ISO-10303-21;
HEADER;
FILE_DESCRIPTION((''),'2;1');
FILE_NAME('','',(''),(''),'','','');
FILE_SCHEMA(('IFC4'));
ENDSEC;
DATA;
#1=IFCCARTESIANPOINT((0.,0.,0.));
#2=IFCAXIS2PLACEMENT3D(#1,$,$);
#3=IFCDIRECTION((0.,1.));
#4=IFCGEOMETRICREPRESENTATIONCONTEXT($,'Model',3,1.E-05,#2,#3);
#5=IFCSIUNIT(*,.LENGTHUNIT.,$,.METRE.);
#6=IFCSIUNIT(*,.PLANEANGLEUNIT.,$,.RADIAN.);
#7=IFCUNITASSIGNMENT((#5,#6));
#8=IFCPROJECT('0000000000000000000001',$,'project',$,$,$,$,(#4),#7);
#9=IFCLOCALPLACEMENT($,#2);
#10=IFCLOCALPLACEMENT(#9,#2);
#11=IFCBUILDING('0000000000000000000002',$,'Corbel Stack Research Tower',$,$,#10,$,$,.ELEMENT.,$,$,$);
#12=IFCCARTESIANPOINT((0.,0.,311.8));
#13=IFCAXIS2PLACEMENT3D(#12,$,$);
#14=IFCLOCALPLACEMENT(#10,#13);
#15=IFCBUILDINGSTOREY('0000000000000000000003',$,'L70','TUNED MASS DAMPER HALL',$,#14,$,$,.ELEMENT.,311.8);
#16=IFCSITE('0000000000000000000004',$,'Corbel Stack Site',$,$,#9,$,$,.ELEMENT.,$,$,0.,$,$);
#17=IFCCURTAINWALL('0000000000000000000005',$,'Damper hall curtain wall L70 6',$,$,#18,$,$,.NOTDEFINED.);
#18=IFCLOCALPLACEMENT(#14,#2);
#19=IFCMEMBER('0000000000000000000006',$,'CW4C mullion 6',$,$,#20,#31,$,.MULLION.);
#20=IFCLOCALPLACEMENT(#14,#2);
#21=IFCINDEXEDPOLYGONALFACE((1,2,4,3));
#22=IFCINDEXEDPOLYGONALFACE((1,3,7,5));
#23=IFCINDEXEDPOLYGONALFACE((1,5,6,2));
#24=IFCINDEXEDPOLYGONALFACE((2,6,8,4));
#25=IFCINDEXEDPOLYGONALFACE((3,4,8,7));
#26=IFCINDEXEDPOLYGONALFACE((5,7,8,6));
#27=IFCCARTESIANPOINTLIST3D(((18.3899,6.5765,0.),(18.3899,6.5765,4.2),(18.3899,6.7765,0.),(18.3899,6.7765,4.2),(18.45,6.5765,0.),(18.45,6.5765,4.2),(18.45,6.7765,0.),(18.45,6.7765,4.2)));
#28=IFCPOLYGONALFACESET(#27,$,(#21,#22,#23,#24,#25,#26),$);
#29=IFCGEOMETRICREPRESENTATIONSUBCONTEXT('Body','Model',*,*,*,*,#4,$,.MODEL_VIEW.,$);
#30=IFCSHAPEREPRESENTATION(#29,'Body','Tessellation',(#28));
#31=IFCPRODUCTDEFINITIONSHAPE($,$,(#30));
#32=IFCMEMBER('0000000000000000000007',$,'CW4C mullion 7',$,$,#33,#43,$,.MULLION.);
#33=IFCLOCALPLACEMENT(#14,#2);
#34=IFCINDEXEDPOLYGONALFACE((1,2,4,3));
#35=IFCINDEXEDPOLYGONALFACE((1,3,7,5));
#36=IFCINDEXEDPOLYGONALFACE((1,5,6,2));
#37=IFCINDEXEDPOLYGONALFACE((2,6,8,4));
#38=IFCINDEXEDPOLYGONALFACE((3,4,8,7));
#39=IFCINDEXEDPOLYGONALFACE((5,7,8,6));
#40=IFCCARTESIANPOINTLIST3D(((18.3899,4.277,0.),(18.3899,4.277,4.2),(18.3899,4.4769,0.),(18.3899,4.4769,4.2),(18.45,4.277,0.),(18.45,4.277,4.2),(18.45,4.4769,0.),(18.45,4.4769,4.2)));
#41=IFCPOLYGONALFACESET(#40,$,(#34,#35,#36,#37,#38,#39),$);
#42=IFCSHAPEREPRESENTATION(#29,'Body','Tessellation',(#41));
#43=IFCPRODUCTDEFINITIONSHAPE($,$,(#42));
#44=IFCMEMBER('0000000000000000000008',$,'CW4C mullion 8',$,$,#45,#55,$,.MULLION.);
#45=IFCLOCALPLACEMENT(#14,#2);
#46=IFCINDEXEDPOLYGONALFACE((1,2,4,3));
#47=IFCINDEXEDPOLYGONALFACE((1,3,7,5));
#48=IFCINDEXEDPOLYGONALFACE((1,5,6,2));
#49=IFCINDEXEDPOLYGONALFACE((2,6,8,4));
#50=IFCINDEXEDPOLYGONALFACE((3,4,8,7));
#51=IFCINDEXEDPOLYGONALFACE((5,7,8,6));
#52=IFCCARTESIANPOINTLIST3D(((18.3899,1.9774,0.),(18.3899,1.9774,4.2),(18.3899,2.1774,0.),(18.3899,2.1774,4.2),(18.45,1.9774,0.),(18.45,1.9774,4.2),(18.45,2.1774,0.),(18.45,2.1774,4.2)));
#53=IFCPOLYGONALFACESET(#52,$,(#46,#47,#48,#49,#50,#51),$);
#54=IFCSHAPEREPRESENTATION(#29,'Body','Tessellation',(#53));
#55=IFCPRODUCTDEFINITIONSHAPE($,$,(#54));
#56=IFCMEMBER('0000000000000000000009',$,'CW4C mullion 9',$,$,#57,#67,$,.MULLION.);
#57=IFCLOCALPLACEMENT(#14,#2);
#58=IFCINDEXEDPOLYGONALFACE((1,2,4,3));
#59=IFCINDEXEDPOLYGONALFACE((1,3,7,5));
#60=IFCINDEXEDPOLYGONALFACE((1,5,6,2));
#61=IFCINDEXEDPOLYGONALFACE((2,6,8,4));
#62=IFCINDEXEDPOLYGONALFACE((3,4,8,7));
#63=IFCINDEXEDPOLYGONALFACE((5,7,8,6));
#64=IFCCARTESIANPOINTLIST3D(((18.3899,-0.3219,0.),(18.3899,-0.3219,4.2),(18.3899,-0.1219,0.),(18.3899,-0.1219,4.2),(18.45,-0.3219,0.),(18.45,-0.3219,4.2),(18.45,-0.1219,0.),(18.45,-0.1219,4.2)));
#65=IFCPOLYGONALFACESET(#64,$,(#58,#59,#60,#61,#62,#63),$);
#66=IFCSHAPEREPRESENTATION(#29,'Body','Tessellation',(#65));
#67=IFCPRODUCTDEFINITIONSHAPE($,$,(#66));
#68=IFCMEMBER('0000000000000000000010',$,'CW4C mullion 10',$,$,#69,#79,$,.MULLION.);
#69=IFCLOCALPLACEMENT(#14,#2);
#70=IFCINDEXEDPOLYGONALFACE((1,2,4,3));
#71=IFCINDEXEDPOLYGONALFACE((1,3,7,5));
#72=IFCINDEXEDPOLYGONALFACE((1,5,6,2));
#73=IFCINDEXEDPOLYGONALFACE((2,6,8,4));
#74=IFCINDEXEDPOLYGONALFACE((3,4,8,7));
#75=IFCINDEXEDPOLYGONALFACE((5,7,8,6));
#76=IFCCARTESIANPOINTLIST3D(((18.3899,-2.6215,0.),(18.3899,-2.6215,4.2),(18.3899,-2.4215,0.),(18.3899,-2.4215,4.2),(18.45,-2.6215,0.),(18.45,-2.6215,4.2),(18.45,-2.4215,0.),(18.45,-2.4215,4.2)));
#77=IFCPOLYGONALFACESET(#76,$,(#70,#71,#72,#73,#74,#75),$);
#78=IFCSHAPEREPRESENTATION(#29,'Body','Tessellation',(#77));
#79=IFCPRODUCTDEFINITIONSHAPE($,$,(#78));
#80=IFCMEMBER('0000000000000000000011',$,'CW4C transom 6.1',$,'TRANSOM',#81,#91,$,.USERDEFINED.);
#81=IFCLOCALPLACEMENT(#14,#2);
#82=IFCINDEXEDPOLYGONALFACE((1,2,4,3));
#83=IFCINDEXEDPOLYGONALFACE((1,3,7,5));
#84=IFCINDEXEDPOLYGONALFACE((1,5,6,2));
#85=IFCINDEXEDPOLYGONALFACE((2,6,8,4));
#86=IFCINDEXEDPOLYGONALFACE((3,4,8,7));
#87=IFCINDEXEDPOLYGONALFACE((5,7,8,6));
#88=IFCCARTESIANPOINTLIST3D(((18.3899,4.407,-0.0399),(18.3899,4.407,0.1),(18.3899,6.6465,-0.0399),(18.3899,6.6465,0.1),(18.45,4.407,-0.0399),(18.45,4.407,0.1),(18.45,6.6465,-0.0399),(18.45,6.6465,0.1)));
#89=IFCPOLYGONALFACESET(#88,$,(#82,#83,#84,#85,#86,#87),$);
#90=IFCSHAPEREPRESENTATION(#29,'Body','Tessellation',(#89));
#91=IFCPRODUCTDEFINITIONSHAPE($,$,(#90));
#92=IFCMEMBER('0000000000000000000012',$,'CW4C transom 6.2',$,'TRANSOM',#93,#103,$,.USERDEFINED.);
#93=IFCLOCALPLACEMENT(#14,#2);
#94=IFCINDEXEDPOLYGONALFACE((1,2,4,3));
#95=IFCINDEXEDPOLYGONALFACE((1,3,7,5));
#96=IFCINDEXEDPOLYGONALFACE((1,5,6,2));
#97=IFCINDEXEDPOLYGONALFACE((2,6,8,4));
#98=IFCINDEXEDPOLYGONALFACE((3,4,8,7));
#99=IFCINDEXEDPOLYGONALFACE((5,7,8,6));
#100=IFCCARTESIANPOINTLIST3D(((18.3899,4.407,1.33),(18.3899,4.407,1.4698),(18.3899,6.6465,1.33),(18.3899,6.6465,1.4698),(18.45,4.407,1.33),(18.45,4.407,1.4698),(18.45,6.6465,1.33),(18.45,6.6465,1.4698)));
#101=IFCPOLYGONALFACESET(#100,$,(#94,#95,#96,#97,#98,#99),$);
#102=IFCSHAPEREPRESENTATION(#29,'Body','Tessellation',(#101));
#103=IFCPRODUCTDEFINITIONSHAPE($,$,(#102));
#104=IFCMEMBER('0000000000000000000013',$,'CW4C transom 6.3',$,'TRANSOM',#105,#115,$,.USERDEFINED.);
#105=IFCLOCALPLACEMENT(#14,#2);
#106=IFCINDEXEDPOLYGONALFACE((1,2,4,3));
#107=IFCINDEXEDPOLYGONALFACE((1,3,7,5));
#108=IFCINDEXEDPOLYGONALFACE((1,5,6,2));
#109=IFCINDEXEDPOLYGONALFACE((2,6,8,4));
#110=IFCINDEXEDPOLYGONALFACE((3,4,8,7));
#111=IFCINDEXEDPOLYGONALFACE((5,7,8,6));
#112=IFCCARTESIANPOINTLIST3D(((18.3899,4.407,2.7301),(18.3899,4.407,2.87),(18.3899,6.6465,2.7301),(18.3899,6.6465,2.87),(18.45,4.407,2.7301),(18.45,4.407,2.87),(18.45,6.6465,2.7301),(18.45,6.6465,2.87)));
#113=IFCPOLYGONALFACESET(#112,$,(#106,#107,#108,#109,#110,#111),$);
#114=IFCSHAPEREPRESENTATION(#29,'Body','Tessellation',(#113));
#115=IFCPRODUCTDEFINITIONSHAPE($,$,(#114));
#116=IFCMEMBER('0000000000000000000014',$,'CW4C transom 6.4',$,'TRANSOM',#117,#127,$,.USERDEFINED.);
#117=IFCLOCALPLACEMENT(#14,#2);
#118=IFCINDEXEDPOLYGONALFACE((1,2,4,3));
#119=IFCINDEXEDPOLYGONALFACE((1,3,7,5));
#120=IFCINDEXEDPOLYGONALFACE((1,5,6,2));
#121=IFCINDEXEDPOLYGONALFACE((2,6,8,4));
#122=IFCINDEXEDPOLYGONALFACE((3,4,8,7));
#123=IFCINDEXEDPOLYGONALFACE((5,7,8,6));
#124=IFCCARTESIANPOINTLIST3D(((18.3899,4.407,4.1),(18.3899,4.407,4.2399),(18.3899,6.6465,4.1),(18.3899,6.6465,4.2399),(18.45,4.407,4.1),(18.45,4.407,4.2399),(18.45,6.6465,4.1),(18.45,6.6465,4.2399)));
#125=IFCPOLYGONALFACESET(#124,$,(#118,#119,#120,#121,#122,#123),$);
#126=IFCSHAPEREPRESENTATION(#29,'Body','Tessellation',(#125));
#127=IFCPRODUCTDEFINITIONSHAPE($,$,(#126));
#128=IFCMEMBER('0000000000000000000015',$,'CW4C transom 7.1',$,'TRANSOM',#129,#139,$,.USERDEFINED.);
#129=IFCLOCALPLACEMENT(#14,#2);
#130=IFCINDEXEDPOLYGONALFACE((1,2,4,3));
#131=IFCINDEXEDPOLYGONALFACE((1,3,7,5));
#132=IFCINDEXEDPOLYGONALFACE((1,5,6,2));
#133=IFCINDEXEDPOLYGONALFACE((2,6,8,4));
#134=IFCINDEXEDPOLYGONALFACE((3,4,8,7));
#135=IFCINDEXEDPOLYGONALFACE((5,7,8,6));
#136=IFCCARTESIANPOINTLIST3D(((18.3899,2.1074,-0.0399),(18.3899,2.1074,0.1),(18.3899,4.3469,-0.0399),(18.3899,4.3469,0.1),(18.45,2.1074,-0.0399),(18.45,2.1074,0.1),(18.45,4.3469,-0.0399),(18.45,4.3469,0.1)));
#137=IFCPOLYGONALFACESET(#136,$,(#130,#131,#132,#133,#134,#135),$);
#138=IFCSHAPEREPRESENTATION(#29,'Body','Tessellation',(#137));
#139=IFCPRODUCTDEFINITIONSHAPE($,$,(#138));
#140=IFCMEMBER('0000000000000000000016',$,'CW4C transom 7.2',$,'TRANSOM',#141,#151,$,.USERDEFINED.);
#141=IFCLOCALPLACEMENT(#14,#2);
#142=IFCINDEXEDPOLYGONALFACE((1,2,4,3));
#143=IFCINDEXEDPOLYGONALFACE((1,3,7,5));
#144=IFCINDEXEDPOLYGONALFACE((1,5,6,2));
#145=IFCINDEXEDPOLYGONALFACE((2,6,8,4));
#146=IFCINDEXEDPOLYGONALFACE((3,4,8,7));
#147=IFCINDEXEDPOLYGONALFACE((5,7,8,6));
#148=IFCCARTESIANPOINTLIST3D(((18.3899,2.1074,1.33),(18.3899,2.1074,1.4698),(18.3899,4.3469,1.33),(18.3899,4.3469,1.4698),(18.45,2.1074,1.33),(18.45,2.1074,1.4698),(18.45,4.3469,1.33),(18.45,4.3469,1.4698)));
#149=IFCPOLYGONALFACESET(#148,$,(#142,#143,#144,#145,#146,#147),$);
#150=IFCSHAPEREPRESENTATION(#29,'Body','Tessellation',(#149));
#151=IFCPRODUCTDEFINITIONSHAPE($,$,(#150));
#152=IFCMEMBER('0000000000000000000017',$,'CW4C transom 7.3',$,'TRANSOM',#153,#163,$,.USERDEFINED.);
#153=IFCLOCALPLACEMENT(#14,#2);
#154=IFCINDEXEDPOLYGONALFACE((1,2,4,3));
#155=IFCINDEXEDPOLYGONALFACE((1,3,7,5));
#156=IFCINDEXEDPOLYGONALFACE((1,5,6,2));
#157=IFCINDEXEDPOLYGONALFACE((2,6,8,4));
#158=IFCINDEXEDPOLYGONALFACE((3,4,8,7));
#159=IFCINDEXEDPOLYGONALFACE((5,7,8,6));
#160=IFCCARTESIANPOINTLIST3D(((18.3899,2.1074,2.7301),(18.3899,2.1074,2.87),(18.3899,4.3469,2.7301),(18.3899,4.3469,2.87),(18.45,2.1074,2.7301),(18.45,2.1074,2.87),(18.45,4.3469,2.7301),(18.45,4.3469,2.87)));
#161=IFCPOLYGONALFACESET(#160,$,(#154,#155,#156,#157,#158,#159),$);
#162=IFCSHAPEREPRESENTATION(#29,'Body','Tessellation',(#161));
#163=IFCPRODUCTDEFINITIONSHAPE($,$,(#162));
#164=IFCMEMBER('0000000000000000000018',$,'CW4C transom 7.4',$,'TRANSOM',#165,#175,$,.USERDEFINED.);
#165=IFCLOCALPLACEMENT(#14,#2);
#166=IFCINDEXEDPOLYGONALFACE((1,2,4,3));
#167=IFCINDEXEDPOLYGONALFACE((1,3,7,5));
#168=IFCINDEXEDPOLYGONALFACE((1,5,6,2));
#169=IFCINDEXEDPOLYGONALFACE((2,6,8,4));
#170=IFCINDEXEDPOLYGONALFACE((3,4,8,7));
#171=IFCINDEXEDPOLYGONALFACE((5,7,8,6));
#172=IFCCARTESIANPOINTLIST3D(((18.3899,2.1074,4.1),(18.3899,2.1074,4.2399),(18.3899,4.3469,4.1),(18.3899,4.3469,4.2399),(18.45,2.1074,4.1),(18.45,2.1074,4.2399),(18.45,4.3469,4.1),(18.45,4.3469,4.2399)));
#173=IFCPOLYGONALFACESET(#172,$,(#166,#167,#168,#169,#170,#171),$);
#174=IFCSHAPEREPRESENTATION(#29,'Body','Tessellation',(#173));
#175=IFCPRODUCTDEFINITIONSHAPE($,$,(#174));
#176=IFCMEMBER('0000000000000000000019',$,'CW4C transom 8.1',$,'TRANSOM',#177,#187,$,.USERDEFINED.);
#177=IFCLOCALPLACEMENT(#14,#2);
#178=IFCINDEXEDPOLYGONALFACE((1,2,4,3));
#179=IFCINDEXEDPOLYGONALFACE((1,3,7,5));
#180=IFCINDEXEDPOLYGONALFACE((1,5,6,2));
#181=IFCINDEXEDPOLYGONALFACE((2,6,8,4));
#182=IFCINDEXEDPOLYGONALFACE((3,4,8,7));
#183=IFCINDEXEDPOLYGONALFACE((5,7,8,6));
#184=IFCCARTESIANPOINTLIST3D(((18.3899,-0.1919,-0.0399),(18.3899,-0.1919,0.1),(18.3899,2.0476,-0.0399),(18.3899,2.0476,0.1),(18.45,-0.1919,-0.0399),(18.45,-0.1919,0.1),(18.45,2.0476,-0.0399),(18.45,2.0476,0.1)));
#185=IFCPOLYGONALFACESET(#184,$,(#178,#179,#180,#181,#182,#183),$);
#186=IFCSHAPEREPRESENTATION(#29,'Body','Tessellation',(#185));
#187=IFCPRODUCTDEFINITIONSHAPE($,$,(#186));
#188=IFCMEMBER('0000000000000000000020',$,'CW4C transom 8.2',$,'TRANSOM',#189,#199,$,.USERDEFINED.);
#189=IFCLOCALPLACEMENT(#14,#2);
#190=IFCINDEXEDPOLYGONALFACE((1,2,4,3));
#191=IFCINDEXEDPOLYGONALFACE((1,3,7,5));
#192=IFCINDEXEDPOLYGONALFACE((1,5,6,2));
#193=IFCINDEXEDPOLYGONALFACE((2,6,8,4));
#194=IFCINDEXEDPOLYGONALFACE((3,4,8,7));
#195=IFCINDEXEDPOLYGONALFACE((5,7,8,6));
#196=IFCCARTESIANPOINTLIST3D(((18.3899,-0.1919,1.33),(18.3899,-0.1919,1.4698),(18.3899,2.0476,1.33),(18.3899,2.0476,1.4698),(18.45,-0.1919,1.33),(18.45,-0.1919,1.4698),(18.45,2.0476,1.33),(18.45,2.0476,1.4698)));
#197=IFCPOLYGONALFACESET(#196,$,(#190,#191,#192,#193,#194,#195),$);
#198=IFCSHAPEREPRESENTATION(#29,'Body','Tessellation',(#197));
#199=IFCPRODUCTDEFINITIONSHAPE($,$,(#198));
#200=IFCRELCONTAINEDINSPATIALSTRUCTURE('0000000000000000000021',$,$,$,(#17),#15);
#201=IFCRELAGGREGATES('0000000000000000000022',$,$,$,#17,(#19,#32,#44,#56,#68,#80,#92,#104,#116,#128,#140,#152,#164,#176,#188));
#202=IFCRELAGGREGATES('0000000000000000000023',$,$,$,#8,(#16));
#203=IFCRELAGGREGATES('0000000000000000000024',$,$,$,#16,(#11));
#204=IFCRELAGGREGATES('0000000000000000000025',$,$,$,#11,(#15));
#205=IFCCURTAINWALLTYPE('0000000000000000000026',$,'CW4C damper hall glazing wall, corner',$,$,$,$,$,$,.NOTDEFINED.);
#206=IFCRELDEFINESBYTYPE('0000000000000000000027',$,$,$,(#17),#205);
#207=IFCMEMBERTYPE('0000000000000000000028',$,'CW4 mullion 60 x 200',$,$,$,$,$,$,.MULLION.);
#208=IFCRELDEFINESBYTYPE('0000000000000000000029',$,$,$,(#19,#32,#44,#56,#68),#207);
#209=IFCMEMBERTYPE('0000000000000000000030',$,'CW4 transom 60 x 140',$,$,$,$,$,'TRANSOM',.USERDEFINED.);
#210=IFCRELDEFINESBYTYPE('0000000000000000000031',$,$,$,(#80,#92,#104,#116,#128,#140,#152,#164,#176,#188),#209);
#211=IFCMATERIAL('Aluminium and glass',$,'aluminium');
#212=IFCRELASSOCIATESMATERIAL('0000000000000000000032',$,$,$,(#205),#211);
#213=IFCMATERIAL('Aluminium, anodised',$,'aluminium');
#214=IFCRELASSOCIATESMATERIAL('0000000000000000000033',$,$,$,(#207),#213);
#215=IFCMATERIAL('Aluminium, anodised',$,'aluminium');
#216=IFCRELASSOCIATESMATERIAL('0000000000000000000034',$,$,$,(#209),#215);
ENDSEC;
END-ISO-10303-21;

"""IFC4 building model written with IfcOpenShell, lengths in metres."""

from ifc_helpers import new_model, si_unit, direction, frame, origin, origin_2d, place, context, subcontext, project, spatial, rectangle, extrude, material, material_profile, profile_set, type_object, element, aggregate, save


model = new_model("IFC4")

# Units and contexts
model_context = context("Model", 3, precision=1e-05, world=origin(), true_north=direction((0.0, 1.0)))
body_context = subcontext(model_context, "Body", "Model", "MODEL_VIEW")
ifc_project = project(units=[si_unit("LENGTHUNIT", "METRE"), si_unit("PLANEANGLEUNIT", "RADIAN")], contexts=[model_context])

# Site, building, storey
site_placement = place(None, origin())
site = spatial("IfcSite", under=ifc_project, at=site_placement, Name="Corbel Stack Site", CompositionType="ELEMENT", RefElevation=0.0)
building_placement = place(site_placement, origin())
building = spatial("IfcBuilding", under=site, at=building_placement, Name="Corbel Stack Research Tower", CompositionType="ELEMENT")
storey_placement = place(building_placement, frame((0.0, 0.0, 311.8)))
storey = spatial("IfcBuildingStorey", under=building, at=storey_placement, Name="L70", Description="TUNED MASS DAMPER HALL", CompositionType="ELEMENT", Elevation=311.8)

# Curtain wall, members
ifc_material_1 = material(Name="Aluminium and glass", Category="aluminium")
curtain_wall_type = type_object("IfcCurtainWallType", Name="CW4C damper hall glazing wall, corner", PredefinedType="NOTDEFINED", material=ifc_material_1)
curtain_wall_placement = place(storey_placement, origin())
curtain_wall = element("IfcCurtainWall", 1, at=curtain_wall_placement, inside=storey, type_object=curtain_wall_type, Name="Damper hall curtain wall L70 6", PredefinedType="NOTDEFINED")
ifc_material_2 = material(Name="Aluminium, anodised", Category="aluminium")
ifc_material_profile_1 = material_profile(ifc_material_2, rectangle(XDim=0.0601, YDim=0.2, at=origin_2d()), Name="CW4 mullion 60 x 200")
ifc_profile_set_1 = profile_set([ifc_material_profile_1], Name="Aluminium, anodised")
member_type_1 = type_object("IfcMemberType", Name="CW4 mullion 60 x 200", PredefinedType="MULLION", material=ifc_profile_set_1)
member_1_placement = place(storey_placement, frame((18.4199, 6.6765, 0.0), z_axis=(0.0, 0.0, 1.0), x_axis=(1.0, 0.0, 0.0)))
member_1 = element("IfcMember", 2, at=member_1_placement, type_object=member_type_1, Name="CW4C mullion 6", PredefinedType="MULLION", context=body_context, shape_type="SweptSolid", body=[
    extrude(rectangle(XDim=0.0601, YDim=0.2, at=origin_2d()), origin(), (0.0, 0.0, 1.0), 4.2),
])
member_2_placement = place(storey_placement, frame((18.4199, 4.377, 0.0), z_axis=(0.0, 0.0, 1.0), x_axis=(1.0, 0.0, 0.0)))
member_2 = element("IfcMember", 3, at=member_2_placement, type_object=member_type_1, Name="CW4C mullion 7", PredefinedType="MULLION", context=body_context, shape_type="SweptSolid", body=[
    extrude(rectangle(XDim=0.0601, YDim=0.2, at=origin_2d()), origin(), (0.0, 0.0, 1.0), 4.2),
])
member_3_placement = place(storey_placement, frame((18.4199, 2.0774, 0.0), z_axis=(0.0, 0.0, 1.0), x_axis=(1.0, 0.0, 0.0)))
member_3 = element("IfcMember", 4, at=member_3_placement, type_object=member_type_1, Name="CW4C mullion 8", PredefinedType="MULLION", context=body_context, shape_type="SweptSolid", body=[
    extrude(rectangle(XDim=0.0601, YDim=0.2, at=origin_2d()), origin(), (0.0, 0.0, 1.0), 4.2),
])
member_4_placement = place(storey_placement, frame((18.4199, -0.2219, 0.0), z_axis=(0.0, 0.0, 1.0), x_axis=(1.0, 0.0, 0.0)))
member_4 = element("IfcMember", 5, at=member_4_placement, type_object=member_type_1, Name="CW4C mullion 9", PredefinedType="MULLION", context=body_context, shape_type="SweptSolid", body=[
    extrude(rectangle(XDim=0.0601, YDim=0.2, at=origin_2d()), origin(), (0.0, 0.0, 1.0), 4.2),
])
member_5_placement = place(storey_placement, frame((18.4199, -2.5215, 0.0), z_axis=(0.0, 0.0, 1.0), x_axis=(1.0, 0.0, 0.0)))
member_5 = element("IfcMember", 6, at=member_5_placement, type_object=member_type_1, Name="CW4C mullion 10", PredefinedType="MULLION", context=body_context, shape_type="SweptSolid", body=[
    extrude(rectangle(XDim=0.0601, YDim=0.2, at=origin_2d()), origin(), (0.0, 0.0, 1.0), 4.2),
])
ifc_material_3 = material(Name="Aluminium, anodised", Category="aluminium")
ifc_material_profile_2 = material_profile(ifc_material_3, rectangle(XDim=0.0601, YDim=0.1399, at=origin_2d()), Name="CW4 transom 60 x 140")
ifc_profile_set_2 = profile_set([ifc_material_profile_2], Name="Aluminium, anodised")
member_type_2 = type_object("IfcMemberType", Name="CW4 transom 60 x 140", ElementType="TRANSOM", PredefinedType="USERDEFINED", material=ifc_profile_set_2)
member_6_placement = place(storey_placement, frame((18.4199, 6.6465, 0.03), z_axis=(0.0, -1.0, 0.0), x_axis=(1.0, 0.0, 0.0)))
member_6 = element("IfcMember", 7, at=member_6_placement, type_object=member_type_2, Name="CW4C transom 6.1", ObjectType="TRANSOM", PredefinedType="USERDEFINED", context=body_context, shape_type="SweptSolid", body=[
    extrude(rectangle(XDim=0.0601, YDim=0.1399, at=origin_2d()), origin(), (0.0, 0.0, 1.0), 2.2395),
])
member_7_placement = place(storey_placement, frame((18.4199, 6.6465, 1.3999), z_axis=(0.0, -1.0, 0.0), x_axis=(1.0, 0.0, 0.0)))
member_7 = element("IfcMember", 8, at=member_7_placement, type_object=member_type_2, Name="CW4C transom 6.2", ObjectType="TRANSOM", PredefinedType="USERDEFINED", context=body_context, shape_type="SweptSolid", body=[
    extrude(rectangle(XDim=0.0601, YDim=0.1399, at=origin_2d()), origin(), (0.0, 0.0, 1.0), 2.2395),
])
member_8_placement = place(storey_placement, frame((18.4199, 6.6465, 2.8), z_axis=(0.0, -1.0, 0.0), x_axis=(1.0, 0.0, 0.0)))
member_8 = element("IfcMember", 9, at=member_8_placement, type_object=member_type_2, Name="CW4C transom 6.3", ObjectType="TRANSOM", PredefinedType="USERDEFINED", context=body_context, shape_type="SweptSolid", body=[
    extrude(rectangle(XDim=0.0601, YDim=0.1399, at=origin_2d()), origin(), (0.0, 0.0, 1.0), 2.2395),
])
member_9_placement = place(storey_placement, frame((18.4199, 6.6465, 4.1699), z_axis=(0.0, -1.0, 0.0), x_axis=(1.0, 0.0, 0.0)))
member_9 = element("IfcMember", 10, at=member_9_placement, type_object=member_type_2, Name="CW4C transom 6.4", ObjectType="TRANSOM", PredefinedType="USERDEFINED", context=body_context, shape_type="SweptSolid", body=[
    extrude(rectangle(XDim=0.0601, YDim=0.1399, at=origin_2d()), origin(), (0.0, 0.0, 1.0), 2.2395),
])
member_10_placement = place(storey_placement, frame((18.4199, 4.3469, 0.03), z_axis=(0.0, -1.0, 0.0), x_axis=(1.0, 0.0, 0.0)))
member_10 = element("IfcMember", 11, at=member_10_placement, type_object=member_type_2, Name="CW4C transom 7.1", ObjectType="TRANSOM", PredefinedType="USERDEFINED", context=body_context, shape_type="SweptSolid", body=[
    extrude(rectangle(XDim=0.0601, YDim=0.1399, at=origin_2d()), origin(), (0.0, 0.0, 1.0), 2.2395),
])
member_11_placement = place(storey_placement, frame((18.4199, 4.3469, 1.3999), z_axis=(0.0, -1.0, 0.0), x_axis=(1.0, 0.0, 0.0)))
member_11 = element("IfcMember", 12, at=member_11_placement, type_object=member_type_2, Name="CW4C transom 7.2", ObjectType="TRANSOM", PredefinedType="USERDEFINED", context=body_context, shape_type="SweptSolid", body=[
    extrude(rectangle(XDim=0.0601, YDim=0.1399, at=origin_2d()), origin(), (0.0, 0.0, 1.0), 2.2395),
])
member_12_placement = place(storey_placement, frame((18.4199, 4.3469, 2.8), z_axis=(0.0, -1.0, 0.0), x_axis=(1.0, 0.0, 0.0)))
member_12 = element("IfcMember", 13, at=member_12_placement, type_object=member_type_2, Name="CW4C transom 7.3", ObjectType="TRANSOM", PredefinedType="USERDEFINED", context=body_context, shape_type="SweptSolid", body=[
    extrude(rectangle(XDim=0.0601, YDim=0.1399, at=origin_2d()), origin(), (0.0, 0.0, 1.0), 2.2395),
])
member_13_placement = place(storey_placement, frame((18.4199, 4.3469, 4.1699), z_axis=(0.0, -1.0, 0.0), x_axis=(1.0, 0.0, 0.0)))
member_13 = element("IfcMember", 14, at=member_13_placement, type_object=member_type_2, Name="CW4C transom 7.4", ObjectType="TRANSOM", PredefinedType="USERDEFINED", context=body_context, shape_type="SweptSolid", body=[
    extrude(rectangle(XDim=0.0601, YDim=0.1399, at=origin_2d()), origin(), (0.0, 0.0, 1.0), 2.2395),
])
member_14_placement = place(storey_placement, frame((18.4199, 2.0476, 0.03), z_axis=(0.0, -1.0, 0.0), x_axis=(1.0, 0.0, 0.0)))
member_14 = element("IfcMember", 15, at=member_14_placement, type_object=member_type_2, Name="CW4C transom 8.1", ObjectType="TRANSOM", PredefinedType="USERDEFINED", context=body_context, shape_type="SweptSolid", body=[
    extrude(rectangle(XDim=0.0601, YDim=0.1399, at=origin_2d()), origin(), (0.0, 0.0, 1.0), 2.2395),
])
member_15_placement = place(storey_placement, frame((18.4199, 2.0476, 1.3999), z_axis=(0.0, -1.0, 0.0), x_axis=(1.0, 0.0, 0.0)))
member_15 = element("IfcMember", 16, at=member_15_placement, type_object=member_type_2, Name="CW4C transom 8.2", ObjectType="TRANSOM", PredefinedType="USERDEFINED", context=body_context, shape_type="SweptSolid", body=[
    extrude(rectangle(XDim=0.0601, YDim=0.1399, at=origin_2d()), origin(), (0.0, 0.0, 1.0), 2.2395),
])
aggregate(curtain_wall, [member_1, member_2, member_3, member_4, member_5, member_6, member_7, member_8, member_9, member_10, member_11, member_12, member_13, member_14, member_15])

save(model, "model.ifc")
